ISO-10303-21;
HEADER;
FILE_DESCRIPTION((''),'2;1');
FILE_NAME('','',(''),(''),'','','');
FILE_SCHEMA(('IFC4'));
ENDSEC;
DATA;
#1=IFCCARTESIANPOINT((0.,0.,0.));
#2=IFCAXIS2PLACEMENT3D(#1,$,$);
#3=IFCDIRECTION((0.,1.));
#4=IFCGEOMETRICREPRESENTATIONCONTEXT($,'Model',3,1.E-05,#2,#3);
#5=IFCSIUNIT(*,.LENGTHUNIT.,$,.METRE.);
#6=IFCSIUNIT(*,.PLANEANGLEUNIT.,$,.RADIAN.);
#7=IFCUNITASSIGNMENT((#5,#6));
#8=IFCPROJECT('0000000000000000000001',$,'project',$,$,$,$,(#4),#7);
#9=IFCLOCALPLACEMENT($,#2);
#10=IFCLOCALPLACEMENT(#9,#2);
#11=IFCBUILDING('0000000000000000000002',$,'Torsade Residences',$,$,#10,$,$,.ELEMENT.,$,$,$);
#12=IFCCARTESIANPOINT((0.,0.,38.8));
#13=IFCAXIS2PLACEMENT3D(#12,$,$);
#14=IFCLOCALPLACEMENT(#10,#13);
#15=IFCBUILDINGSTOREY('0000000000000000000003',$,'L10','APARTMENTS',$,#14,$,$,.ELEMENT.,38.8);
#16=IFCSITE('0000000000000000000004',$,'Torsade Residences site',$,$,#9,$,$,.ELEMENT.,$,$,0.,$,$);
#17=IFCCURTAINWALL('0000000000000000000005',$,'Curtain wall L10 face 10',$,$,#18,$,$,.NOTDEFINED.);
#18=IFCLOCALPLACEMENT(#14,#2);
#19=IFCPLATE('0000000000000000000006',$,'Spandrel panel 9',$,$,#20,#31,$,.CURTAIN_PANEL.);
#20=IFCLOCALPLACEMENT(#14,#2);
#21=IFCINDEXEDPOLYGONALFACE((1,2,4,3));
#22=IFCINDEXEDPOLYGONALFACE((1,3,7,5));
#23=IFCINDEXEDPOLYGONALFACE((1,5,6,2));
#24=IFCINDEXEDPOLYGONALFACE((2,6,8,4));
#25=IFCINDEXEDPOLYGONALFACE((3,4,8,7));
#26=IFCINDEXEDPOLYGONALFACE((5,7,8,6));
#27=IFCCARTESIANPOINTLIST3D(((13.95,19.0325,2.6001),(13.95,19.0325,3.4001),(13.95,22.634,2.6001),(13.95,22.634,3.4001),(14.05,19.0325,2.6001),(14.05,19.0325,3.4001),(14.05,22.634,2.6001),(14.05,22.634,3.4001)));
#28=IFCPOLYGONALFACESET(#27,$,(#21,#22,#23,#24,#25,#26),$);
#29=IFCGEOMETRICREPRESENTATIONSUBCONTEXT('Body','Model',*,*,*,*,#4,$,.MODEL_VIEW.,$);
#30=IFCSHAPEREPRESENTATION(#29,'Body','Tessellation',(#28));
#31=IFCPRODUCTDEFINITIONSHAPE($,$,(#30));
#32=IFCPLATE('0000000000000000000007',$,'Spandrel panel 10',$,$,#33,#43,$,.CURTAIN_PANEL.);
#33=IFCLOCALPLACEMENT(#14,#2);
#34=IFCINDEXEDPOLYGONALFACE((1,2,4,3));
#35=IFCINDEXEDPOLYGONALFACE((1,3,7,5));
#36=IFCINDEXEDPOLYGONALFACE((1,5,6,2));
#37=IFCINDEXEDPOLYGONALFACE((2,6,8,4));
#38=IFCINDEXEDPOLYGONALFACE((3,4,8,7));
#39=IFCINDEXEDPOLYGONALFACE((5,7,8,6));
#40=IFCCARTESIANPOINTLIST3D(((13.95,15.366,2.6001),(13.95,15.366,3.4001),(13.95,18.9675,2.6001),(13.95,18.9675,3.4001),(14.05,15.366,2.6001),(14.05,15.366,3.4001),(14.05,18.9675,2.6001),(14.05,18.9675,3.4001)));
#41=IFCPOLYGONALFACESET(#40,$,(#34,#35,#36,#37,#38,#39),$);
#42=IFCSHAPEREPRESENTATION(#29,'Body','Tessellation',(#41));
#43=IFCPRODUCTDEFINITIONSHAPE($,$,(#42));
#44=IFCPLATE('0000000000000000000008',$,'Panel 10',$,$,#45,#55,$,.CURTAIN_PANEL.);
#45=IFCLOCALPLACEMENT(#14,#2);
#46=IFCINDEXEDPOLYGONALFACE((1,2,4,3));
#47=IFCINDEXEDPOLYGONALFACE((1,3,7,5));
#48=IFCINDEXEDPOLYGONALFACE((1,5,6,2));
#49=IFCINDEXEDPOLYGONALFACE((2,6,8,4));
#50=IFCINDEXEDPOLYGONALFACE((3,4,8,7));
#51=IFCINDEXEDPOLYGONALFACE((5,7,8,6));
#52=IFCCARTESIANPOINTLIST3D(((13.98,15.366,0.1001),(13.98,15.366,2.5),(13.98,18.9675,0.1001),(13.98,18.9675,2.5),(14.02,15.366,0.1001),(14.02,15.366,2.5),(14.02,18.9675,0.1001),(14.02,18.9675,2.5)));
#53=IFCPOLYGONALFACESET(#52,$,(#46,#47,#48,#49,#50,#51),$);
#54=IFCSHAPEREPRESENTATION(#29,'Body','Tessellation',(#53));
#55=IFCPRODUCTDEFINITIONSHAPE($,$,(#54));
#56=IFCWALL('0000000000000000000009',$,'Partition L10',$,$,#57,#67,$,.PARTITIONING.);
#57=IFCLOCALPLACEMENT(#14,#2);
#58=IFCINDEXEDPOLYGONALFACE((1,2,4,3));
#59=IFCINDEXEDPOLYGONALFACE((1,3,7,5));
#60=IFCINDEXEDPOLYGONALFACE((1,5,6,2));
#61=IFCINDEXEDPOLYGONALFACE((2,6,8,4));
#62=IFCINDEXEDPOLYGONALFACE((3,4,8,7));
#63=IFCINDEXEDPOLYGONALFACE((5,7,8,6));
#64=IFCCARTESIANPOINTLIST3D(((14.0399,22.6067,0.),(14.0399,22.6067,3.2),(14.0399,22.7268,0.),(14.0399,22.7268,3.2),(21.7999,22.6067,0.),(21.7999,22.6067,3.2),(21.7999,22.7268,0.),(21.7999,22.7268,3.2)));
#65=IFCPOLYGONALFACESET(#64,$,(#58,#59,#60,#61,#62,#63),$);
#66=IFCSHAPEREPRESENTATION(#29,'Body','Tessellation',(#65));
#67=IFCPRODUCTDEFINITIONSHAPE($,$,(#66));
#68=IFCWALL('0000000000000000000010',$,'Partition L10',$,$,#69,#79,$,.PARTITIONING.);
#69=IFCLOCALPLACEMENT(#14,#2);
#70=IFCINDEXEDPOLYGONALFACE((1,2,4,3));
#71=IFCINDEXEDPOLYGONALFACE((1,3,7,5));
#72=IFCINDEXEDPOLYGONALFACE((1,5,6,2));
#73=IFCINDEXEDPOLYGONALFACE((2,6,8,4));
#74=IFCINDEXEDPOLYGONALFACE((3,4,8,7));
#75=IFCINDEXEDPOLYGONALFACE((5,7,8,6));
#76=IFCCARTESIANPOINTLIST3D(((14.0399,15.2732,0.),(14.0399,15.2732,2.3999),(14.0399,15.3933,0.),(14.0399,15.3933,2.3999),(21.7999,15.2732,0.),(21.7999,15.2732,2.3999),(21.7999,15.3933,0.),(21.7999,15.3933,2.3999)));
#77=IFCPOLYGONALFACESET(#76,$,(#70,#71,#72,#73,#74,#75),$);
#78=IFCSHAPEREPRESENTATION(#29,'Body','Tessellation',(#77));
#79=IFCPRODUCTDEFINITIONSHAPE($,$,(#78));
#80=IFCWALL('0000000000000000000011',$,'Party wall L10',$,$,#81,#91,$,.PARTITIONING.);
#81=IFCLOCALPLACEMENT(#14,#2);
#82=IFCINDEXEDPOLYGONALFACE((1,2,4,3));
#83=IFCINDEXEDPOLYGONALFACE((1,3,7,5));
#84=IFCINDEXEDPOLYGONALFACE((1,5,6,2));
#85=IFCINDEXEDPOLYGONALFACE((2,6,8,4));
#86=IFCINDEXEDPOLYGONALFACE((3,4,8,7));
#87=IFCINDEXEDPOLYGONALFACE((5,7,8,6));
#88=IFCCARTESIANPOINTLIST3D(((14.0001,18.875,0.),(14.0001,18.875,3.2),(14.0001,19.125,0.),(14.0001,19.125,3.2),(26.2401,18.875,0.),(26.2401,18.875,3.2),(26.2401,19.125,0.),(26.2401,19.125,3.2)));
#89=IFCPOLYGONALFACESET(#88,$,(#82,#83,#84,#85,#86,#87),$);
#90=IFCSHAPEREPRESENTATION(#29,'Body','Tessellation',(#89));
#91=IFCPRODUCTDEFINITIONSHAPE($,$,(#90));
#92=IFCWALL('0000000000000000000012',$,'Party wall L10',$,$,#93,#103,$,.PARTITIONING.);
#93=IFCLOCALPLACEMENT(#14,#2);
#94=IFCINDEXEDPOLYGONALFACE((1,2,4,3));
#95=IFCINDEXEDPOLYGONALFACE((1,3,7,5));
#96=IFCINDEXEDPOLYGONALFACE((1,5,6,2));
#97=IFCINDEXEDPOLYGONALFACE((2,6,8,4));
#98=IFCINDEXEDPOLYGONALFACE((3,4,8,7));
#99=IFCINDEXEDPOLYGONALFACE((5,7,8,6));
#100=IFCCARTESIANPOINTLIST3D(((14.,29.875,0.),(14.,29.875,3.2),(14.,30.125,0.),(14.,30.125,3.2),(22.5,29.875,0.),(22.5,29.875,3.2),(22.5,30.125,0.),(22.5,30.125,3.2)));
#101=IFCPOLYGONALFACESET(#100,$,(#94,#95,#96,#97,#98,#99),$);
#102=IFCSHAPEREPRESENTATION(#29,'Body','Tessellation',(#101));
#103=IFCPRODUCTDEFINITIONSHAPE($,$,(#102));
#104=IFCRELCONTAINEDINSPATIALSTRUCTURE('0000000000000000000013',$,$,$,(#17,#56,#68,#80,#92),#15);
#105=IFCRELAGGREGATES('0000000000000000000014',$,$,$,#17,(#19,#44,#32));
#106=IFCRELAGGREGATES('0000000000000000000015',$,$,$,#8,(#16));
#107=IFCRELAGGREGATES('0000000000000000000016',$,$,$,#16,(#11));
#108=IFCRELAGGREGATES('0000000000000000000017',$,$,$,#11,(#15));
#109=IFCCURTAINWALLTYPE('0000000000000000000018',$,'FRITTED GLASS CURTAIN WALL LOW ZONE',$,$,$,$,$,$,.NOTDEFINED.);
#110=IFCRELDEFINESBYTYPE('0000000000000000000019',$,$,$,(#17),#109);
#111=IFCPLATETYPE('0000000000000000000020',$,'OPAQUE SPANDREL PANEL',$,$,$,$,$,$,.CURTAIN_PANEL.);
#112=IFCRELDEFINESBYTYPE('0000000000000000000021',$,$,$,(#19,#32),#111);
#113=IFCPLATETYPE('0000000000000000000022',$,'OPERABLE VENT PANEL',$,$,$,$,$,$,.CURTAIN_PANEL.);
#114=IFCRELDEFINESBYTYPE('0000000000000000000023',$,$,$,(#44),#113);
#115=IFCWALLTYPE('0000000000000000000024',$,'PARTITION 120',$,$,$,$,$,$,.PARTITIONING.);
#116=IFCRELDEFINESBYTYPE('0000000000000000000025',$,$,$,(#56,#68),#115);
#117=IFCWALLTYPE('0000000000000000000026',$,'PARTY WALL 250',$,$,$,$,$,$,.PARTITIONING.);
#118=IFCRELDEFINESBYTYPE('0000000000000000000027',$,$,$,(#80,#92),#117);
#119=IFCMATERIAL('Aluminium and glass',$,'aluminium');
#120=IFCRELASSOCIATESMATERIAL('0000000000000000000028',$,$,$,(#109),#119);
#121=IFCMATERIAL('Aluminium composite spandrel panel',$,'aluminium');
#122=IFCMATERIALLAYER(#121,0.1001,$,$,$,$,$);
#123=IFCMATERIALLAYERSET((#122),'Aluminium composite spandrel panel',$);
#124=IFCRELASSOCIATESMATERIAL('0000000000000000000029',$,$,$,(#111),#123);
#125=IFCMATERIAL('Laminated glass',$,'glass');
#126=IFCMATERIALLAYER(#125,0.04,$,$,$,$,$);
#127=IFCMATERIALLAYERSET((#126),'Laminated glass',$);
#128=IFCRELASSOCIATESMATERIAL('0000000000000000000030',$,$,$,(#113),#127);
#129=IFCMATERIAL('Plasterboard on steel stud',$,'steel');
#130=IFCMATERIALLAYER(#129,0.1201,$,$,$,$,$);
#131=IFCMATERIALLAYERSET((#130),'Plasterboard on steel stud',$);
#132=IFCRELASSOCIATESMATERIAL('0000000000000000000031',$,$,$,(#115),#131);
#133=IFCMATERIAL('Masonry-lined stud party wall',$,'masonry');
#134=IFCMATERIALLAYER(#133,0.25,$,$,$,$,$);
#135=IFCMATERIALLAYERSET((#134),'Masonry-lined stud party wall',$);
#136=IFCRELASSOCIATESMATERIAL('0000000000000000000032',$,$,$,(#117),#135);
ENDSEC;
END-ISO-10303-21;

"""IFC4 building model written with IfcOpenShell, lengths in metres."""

from ifc_helpers import new_model, si_unit, direction, frame, frame_2d, origin, origin_2d, place, context, subcontext, project, spatial, rectangle, extrude, material, layer, layer_set, type_object, element, aggregate, save


model = new_model("IFC4")

# Units and contexts
model_context = context("Model", 3, precision=1e-05, world=origin(), true_north=direction((0.0, 1.0)))
body_context = subcontext(model_context, "Body", "Model", "MODEL_VIEW")
ifc_project = project(units=[si_unit("LENGTHUNIT", "METRE"), si_unit("PLANEANGLEUNIT", "RADIAN")], contexts=[model_context])

# Site, building, storey
site_placement = place(None, origin())
site = spatial("IfcSite", under=ifc_project, at=site_placement, Name="Torsade Residences site", CompositionType="ELEMENT", RefElevation=0.0)
building_placement = place(site_placement, origin())
building = spatial("IfcBuilding", under=site, at=building_placement, Name="Torsade Residences", CompositionType="ELEMENT")
storey_placement = place(building_placement, frame((0.0, 0.0, 38.8)))
storey = spatial("IfcBuildingStorey", under=building, at=storey_placement, Name="L10", Description="APARTMENTS", CompositionType="ELEMENT", Elevation=38.8)

# Curtain wall
ifc_material_1 = material(Name="Aluminium and glass", Category="aluminium")
curtain_wall_type = type_object("IfcCurtainWallType", Name="FRITTED GLASS CURTAIN WALL LOW ZONE", PredefinedType="NOTDEFINED", material=ifc_material_1)
curtain_wall_placement = place(storey_placement, origin())
curtain_wall = element("IfcCurtainWall", 1, at=curtain_wall_placement, inside=storey, type_object=curtain_wall_type, Name="Curtain wall L10 face 10", PredefinedType="NOTDEFINED")

# Plates
ifc_material_2 = material(Name="Aluminium composite spandrel panel", Category="aluminium")
ifc_layer_1 = layer(ifc_material_2, 0.1001)
ifc_layer_set_1 = layer_set([ifc_layer_1], Name="Aluminium composite spandrel panel")
plate_type_1 = type_object("IfcPlateType", Name="OPAQUE SPANDREL PANEL", PredefinedType="CURTAIN_PANEL", material=ifc_layer_set_1)
plate_1_placement = place(storey_placement, frame((14.0, 20.8333, 2.6001), z_axis=(0.0, 0.0, 1.0), x_axis=(0.0, -1.0, 0.0)))
plate_1 = element("IfcPlate", 2, at=plate_1_placement, type_object=plate_type_1, Name="Spandrel panel 9", PredefinedType="CURTAIN_PANEL", context=body_context, shape_type="SweptSolid", body=[
    extrude(rectangle(XDim=3.6016, YDim=0.1001, at=origin_2d()), origin(), (0.0, 0.0, 1.0), 0.8),
])
plate_2_placement = place(storey_placement, frame((14.0, 17.1667, 2.6001), z_axis=(0.0, 0.0, 1.0), x_axis=(0.0, -1.0, 0.0)))
plate_2 = element("IfcPlate", 3, at=plate_2_placement, type_object=plate_type_1, Name="Spandrel panel 10", PredefinedType="CURTAIN_PANEL", context=body_context, shape_type="SweptSolid", body=[
    extrude(rectangle(XDim=3.6016, YDim=0.1001, at=origin_2d()), origin(), (0.0, 0.0, 1.0), 0.8),
])
ifc_material_3 = material(Name="Laminated glass", Category="glass")
ifc_layer_2 = layer(ifc_material_3, 0.04)
ifc_layer_set_2 = layer_set([ifc_layer_2], Name="Laminated glass")
plate_type_2 = type_object("IfcPlateType", Name="OPERABLE VENT PANEL", PredefinedType="CURTAIN_PANEL", material=ifc_layer_set_2)
plate_3_placement = place(storey_placement, frame((14.0, 17.1667, 0.1001), z_axis=(0.0, 0.0, 1.0), x_axis=(0.0, -1.0, 0.0)))
plate_3 = element("IfcPlate", 4, at=plate_3_placement, type_object=plate_type_2, Name="Panel 10", PredefinedType="CURTAIN_PANEL", context=body_context, shape_type="SweptSolid", body=[
    extrude(rectangle(XDim=3.6016, YDim=0.04, at=origin_2d()), origin(), (0.0, 0.0, 1.0), 2.3999),
])
aggregate(curtain_wall, [plate_1, plate_3, plate_2])

# Walls
ifc_material_4 = material(Name="Plasterboard on steel stud", Category="steel")
ifc_layer_3 = layer(ifc_material_4, 0.1201)
ifc_layer_set_3 = layer_set([ifc_layer_3], Name="Plasterboard on steel stud")
wall_type_1 = type_object("IfcWallType", Name="PARTITION 120", PredefinedType="PARTITIONING", material=ifc_layer_set_3)
wall_1_placement = place(storey_placement, frame((14.04, 22.6667, 0.0), z_axis=(0.0, 0.0, 1.0), x_axis=(1.0, 0.0, 0.0)))
element("IfcWall", 5, at=wall_1_placement, inside=storey, type_object=wall_type_1, Name="Partition L10", PredefinedType="PARTITIONING", context=body_context, shape_type="SweptSolid", body=[
    extrude(rectangle(XDim=7.76, YDim=0.1201, at=frame_2d((3.8799, 0.0))), origin(), (0.0, 0.0, 1.0), 3.2),
])
wall_2_placement = place(storey_placement, frame((14.04, 15.3333, 0.0), z_axis=(0.0, 0.0, 1.0), x_axis=(1.0, 0.0, 0.0)))
element("IfcWall", 6, at=wall_2_placement, inside=storey, type_object=wall_type_1, Name="Partition L10", PredefinedType="PARTITIONING", context=body_context, shape_type="SweptSolid", body=[
    extrude(rectangle(XDim=7.76, YDim=0.1201, at=frame_2d((3.8799, 0.0))), origin(), (0.0, 0.0, 1.0), 2.3999),
])
ifc_material_5 = material(Name="Masonry-lined stud party wall", Category="masonry")
ifc_layer_4 = layer(ifc_material_5, 0.25)
ifc_layer_set_4 = layer_set([ifc_layer_4], Name="Masonry-lined stud party wall")
wall_type_2 = type_object("IfcWallType", Name="PARTY WALL 250", PredefinedType="PARTITIONING", material=ifc_layer_set_4)
wall_3_placement = place(storey_placement, frame((14.0, 19.0, 0.0), z_axis=(0.0, 0.0, 1.0), x_axis=(1.0, 0.0, 0.0)))
element("IfcWall", 7, at=wall_3_placement, inside=storey, type_object=wall_type_2, Name="Party wall L10", PredefinedType="PARTITIONING", context=body_context, shape_type="SweptSolid", body=[
    extrude(rectangle(XDim=12.24, YDim=0.25, at=frame_2d((6.1201, 0.0))), origin(), (0.0, 0.0, 1.0), 3.2),
])
wall_4_placement = place(storey_placement, frame((14.0, 30.0, 0.0), z_axis=(0.0, 0.0, 1.0), x_axis=(1.0, 0.0, 0.0)))
element("IfcWall", 8, at=wall_4_placement, inside=storey, type_object=wall_type_2, Name="Party wall L10", PredefinedType="PARTITIONING", context=body_context, shape_type="SweptSolid", body=[
    extrude(rectangle(XDim=8.5, YDim=0.25, at=frame_2d((4.25, 0.0))), origin(), (0.0, 0.0, 1.0), 3.2),
])

save(model, "model.ifc")
